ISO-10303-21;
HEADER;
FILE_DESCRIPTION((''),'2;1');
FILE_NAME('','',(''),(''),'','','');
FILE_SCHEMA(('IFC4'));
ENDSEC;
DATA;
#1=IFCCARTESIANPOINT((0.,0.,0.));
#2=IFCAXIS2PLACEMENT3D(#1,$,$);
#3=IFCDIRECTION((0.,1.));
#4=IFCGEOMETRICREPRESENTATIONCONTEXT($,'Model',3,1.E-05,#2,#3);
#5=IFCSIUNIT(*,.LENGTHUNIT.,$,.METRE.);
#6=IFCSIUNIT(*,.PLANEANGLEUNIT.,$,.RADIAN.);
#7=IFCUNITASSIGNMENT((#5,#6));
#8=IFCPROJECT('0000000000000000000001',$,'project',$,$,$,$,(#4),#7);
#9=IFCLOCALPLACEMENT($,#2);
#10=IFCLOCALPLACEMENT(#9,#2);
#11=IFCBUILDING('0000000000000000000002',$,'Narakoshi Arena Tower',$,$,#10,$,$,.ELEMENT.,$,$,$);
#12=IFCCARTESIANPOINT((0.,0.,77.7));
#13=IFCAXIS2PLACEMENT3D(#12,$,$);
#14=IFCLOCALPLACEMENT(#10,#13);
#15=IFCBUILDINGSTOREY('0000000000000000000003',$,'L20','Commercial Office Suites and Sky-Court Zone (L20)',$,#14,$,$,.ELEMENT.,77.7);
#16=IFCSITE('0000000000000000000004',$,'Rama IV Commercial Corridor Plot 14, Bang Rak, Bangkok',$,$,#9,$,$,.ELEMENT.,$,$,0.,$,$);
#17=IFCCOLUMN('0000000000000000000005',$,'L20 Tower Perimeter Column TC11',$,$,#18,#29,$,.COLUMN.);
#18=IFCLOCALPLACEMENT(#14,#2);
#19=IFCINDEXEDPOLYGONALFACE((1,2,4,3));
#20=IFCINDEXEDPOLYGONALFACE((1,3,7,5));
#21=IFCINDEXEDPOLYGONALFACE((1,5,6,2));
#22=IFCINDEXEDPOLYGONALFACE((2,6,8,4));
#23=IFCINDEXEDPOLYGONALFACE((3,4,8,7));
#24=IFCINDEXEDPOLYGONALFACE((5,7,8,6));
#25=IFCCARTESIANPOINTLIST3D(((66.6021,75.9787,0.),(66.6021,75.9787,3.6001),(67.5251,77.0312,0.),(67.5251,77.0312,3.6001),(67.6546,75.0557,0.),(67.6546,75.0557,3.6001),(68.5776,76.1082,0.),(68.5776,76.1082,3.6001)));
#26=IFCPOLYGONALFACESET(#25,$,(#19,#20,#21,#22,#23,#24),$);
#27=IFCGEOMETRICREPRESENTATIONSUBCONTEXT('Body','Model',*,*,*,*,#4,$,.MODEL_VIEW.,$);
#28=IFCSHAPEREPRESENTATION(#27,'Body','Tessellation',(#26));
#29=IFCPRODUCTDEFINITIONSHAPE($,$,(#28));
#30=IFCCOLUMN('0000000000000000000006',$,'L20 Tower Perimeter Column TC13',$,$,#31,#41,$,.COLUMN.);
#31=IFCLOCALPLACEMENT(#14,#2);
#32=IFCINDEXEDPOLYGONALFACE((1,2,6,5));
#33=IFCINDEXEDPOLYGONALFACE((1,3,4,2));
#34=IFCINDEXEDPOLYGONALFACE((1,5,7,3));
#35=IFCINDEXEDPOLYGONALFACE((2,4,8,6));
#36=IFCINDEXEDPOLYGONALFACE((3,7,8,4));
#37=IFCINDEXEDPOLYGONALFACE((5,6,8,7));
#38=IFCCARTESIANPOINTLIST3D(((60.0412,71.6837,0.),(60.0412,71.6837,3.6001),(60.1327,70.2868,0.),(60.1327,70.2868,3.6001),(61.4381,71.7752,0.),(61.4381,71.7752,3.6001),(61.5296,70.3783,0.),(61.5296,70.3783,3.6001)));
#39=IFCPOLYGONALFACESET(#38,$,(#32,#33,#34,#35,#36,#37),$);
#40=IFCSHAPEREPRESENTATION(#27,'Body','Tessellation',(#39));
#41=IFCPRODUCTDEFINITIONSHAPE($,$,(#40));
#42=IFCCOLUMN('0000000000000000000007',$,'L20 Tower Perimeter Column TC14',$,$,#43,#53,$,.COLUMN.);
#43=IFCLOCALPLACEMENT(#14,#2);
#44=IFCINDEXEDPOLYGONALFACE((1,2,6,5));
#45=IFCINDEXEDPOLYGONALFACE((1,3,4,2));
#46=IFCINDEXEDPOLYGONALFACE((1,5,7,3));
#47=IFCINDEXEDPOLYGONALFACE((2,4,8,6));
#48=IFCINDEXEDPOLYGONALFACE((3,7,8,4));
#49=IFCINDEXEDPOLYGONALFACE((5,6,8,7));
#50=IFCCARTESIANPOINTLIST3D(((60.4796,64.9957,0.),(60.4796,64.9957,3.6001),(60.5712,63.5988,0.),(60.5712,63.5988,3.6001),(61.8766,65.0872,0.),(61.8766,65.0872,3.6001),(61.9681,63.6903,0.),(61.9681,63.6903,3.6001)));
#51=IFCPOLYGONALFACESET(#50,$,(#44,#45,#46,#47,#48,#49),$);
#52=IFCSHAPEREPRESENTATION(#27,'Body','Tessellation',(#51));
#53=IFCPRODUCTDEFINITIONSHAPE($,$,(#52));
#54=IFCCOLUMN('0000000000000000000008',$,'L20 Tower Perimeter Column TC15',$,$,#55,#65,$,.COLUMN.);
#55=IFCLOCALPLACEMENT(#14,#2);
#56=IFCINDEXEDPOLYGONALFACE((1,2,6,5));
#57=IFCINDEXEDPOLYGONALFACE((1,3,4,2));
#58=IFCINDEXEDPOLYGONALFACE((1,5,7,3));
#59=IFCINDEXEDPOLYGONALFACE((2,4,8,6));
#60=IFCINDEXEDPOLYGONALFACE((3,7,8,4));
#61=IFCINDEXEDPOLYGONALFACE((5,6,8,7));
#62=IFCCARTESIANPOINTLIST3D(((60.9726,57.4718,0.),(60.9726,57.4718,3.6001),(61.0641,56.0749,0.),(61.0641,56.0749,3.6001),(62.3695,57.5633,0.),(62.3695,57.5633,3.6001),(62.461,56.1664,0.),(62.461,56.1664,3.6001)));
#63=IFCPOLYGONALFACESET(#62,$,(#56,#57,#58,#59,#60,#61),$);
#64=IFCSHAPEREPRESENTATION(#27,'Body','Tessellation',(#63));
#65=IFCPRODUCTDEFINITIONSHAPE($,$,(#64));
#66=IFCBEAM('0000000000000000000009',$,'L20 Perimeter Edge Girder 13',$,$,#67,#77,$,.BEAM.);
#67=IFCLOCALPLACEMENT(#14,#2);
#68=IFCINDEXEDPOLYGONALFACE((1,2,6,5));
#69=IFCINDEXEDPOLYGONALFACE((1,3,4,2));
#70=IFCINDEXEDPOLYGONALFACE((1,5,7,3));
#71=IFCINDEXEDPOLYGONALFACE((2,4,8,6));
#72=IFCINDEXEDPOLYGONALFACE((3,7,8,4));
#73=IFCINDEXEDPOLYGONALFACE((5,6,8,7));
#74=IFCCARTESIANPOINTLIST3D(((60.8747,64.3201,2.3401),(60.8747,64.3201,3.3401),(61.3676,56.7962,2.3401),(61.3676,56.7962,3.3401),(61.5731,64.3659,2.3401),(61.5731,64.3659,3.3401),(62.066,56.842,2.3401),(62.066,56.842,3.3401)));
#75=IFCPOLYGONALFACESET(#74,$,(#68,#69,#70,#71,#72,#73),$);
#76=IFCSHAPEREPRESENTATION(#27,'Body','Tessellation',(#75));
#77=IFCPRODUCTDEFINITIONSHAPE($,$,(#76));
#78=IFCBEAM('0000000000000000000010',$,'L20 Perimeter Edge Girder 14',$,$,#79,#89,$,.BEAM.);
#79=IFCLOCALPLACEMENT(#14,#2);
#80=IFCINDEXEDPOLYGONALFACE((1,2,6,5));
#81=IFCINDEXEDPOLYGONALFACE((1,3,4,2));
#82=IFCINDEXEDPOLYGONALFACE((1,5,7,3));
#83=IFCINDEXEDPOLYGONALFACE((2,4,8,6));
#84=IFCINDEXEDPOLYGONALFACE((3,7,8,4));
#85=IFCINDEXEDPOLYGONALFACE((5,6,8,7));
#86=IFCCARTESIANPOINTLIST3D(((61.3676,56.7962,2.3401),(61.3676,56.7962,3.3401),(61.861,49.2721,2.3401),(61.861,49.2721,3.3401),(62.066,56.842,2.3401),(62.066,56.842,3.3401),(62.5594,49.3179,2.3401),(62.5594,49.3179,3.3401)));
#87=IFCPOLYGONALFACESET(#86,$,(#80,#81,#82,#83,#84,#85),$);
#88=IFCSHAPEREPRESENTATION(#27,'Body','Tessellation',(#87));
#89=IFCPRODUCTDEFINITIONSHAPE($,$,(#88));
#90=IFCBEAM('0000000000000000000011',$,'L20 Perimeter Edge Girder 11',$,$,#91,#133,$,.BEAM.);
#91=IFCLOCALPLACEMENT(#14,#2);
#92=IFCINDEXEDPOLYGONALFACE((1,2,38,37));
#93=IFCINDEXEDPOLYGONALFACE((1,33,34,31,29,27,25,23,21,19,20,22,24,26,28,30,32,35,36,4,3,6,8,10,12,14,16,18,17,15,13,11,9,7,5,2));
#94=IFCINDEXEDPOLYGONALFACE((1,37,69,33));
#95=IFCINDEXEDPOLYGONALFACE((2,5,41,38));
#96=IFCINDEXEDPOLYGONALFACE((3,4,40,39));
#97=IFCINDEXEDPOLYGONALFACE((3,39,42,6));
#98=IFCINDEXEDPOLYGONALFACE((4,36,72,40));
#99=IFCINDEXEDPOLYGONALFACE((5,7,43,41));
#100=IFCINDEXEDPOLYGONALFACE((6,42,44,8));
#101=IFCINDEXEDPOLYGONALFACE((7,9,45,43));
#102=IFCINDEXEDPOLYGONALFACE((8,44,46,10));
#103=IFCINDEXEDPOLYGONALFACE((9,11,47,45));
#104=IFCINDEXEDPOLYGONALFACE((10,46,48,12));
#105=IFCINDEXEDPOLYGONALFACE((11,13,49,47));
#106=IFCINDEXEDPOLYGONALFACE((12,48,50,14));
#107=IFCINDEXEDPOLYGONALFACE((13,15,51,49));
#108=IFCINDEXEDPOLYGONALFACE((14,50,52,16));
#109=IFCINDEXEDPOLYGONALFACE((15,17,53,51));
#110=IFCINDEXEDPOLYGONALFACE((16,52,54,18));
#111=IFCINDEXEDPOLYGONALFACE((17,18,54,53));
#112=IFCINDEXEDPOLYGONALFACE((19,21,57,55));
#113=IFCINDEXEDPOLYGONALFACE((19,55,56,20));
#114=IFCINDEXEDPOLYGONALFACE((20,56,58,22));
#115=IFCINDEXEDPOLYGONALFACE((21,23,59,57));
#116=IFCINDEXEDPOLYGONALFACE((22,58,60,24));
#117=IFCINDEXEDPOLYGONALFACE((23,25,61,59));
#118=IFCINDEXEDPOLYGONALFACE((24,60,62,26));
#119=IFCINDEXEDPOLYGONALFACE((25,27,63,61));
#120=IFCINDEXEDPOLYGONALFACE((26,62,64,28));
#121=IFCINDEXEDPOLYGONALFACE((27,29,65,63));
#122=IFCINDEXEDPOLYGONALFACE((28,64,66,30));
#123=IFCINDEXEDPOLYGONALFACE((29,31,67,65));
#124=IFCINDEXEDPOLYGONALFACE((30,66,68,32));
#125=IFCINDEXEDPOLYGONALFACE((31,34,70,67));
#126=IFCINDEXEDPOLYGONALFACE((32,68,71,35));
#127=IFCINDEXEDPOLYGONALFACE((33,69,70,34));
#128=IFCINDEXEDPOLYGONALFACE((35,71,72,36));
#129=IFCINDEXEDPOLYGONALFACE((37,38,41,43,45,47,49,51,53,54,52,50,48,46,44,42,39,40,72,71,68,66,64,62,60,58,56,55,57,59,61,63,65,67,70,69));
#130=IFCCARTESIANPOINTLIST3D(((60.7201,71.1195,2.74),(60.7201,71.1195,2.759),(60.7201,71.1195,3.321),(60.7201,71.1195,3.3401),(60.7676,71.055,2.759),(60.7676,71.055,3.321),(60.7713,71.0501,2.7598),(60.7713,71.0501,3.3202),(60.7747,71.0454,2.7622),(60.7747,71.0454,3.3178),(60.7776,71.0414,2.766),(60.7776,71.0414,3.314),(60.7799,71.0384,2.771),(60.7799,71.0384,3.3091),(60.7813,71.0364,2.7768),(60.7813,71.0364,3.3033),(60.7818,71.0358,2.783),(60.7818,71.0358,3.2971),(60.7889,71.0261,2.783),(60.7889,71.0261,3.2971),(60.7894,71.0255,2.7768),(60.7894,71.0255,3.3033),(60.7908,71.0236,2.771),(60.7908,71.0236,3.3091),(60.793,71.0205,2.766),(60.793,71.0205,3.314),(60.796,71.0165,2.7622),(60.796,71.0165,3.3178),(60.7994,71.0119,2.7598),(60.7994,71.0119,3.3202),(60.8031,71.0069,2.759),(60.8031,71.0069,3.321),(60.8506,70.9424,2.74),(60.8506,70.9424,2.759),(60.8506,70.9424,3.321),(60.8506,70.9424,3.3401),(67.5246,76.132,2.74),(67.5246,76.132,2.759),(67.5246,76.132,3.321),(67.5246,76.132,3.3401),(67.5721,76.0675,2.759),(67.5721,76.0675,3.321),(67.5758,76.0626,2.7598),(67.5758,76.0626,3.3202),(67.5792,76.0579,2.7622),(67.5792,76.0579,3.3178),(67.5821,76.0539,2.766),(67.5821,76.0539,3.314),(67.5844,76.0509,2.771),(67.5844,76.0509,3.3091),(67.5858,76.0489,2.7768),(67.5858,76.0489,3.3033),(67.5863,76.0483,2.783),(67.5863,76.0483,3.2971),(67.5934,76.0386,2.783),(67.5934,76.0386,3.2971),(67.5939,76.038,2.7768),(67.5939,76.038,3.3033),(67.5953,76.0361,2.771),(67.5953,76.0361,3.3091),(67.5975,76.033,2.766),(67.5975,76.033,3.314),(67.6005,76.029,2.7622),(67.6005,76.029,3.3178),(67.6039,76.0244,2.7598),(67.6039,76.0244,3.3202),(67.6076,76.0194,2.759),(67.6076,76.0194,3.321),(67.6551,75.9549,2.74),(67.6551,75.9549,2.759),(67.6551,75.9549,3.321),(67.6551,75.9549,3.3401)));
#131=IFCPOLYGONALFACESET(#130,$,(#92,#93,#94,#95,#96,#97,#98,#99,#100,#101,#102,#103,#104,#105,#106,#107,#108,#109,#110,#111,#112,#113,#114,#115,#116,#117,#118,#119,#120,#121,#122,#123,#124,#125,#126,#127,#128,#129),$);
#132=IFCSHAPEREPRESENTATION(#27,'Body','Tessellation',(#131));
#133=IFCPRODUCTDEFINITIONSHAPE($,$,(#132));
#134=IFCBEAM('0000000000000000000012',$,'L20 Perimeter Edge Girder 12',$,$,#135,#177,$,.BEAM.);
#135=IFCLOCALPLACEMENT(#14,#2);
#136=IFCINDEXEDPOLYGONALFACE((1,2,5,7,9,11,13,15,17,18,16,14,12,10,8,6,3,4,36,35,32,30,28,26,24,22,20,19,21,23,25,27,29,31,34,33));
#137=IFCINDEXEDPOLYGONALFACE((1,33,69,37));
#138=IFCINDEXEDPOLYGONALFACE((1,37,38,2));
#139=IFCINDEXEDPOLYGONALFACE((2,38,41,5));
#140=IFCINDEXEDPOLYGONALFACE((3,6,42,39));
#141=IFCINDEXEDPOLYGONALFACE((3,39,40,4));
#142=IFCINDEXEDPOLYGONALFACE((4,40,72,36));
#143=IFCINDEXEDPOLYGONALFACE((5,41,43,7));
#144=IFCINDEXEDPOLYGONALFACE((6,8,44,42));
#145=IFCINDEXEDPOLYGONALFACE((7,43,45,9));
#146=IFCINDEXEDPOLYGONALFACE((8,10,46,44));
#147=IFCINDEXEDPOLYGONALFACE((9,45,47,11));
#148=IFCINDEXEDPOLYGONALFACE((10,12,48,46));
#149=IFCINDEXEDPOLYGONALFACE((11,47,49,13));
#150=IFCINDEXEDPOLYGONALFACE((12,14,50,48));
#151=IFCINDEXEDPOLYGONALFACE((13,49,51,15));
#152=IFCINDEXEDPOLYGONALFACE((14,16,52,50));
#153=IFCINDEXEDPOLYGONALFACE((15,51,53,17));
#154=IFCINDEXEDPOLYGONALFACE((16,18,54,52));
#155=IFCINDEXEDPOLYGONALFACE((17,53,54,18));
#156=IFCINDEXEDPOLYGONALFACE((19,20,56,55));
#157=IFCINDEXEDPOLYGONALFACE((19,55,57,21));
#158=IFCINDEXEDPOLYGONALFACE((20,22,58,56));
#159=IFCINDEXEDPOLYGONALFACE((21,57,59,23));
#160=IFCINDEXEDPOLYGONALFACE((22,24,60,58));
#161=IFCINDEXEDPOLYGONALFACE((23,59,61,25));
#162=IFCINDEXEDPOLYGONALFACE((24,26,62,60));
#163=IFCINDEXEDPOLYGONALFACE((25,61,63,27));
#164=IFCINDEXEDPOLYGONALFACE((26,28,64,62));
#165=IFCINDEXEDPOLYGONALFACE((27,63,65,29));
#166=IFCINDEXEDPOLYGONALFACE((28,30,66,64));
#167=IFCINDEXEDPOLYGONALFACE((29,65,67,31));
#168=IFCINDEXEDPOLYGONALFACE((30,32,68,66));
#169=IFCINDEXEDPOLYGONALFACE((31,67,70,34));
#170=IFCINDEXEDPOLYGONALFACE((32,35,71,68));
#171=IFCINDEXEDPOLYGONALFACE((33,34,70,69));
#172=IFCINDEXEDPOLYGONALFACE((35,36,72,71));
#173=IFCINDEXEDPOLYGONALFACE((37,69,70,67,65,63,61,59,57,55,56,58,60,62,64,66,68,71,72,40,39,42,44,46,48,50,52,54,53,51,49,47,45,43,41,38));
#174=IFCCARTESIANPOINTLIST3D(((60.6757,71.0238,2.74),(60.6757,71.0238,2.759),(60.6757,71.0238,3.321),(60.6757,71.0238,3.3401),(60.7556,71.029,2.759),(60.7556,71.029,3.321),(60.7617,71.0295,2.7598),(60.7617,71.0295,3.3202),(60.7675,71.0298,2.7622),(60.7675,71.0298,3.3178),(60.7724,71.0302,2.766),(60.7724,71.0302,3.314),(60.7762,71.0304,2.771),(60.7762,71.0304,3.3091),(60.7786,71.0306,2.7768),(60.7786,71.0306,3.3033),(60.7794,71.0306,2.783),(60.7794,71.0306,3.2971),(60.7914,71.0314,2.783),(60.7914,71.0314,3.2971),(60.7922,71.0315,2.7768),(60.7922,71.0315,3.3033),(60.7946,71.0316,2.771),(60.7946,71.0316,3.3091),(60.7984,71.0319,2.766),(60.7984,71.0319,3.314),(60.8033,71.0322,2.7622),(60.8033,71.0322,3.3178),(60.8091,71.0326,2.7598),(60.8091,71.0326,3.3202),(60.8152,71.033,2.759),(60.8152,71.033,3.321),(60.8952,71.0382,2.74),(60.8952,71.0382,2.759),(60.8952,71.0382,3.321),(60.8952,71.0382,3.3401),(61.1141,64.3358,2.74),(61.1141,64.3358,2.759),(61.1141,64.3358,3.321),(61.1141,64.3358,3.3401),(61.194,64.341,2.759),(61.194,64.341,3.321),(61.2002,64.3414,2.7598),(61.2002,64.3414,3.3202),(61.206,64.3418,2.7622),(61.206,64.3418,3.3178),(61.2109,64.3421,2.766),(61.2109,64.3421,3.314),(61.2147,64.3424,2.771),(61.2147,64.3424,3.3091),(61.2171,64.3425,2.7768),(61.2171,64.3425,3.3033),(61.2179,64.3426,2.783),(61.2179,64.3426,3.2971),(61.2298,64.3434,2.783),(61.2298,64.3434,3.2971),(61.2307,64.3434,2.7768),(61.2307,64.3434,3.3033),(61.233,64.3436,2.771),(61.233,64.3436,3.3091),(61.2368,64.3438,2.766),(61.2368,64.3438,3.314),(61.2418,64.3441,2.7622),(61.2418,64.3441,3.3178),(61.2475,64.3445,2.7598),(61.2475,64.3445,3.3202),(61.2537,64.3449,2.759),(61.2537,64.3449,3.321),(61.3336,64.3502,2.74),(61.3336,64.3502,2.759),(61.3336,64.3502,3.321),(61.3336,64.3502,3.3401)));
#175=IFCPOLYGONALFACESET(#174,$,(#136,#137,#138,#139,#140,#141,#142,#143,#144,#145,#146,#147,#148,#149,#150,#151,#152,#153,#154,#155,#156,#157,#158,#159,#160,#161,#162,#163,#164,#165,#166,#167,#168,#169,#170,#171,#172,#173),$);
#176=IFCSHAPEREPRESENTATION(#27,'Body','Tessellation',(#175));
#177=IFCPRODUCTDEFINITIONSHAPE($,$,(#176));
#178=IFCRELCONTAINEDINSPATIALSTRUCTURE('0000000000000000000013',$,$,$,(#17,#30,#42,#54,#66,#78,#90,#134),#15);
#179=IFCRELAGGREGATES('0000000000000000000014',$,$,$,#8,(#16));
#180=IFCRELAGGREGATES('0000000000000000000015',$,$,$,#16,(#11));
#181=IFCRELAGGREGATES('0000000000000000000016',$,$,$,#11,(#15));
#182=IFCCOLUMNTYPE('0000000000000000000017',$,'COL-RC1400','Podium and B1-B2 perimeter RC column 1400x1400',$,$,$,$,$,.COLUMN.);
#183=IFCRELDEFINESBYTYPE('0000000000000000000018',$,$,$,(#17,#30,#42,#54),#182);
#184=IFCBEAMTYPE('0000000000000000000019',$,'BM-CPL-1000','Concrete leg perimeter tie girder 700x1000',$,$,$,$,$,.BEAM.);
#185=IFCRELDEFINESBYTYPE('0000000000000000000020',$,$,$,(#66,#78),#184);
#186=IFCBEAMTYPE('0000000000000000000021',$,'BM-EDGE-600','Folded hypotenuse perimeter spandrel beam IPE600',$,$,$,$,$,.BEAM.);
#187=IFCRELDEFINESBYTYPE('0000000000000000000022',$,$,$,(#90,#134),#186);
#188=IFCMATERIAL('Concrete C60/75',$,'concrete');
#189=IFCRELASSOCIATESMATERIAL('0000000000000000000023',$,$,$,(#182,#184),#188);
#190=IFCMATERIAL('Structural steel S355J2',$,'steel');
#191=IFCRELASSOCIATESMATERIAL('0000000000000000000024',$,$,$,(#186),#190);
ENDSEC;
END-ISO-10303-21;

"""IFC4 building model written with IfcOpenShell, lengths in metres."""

from ifc_helpers import new_model, si_unit, direction, frame, origin, origin_2d, place, context, subcontext, project, spatial, rectangle, i_section, extrude, material, material_profile, profile_set, type_object, element, save


model = new_model("IFC4")

# Units and contexts
model_context = context("Model", 3, precision=1e-05, world=origin(), true_north=direction((0.0, 1.0)))
body_context = subcontext(model_context, "Body", "Model", "MODEL_VIEW")
ifc_project = project(units=[si_unit("LENGTHUNIT", "METRE"), si_unit("PLANEANGLEUNIT", "RADIAN")], contexts=[model_context])

# Site, building, storey
site_placement = place(None, origin())
site = spatial("IfcSite", under=ifc_project, at=site_placement, Name="Rama IV Commercial Corridor Plot 14, Bang Rak, Bangkok", CompositionType="ELEMENT", RefElevation=0.0)
building_placement = place(site_placement, origin())
building = spatial("IfcBuilding", under=site, at=building_placement, Name="Narakoshi Arena Tower", CompositionType="ELEMENT")
storey_placement = place(building_placement, frame((0.0, 0.0, 77.7)))
storey = spatial("IfcBuildingStorey", under=building, at=storey_placement, Name="L20", Description="Commercial Office Suites and Sky-Court Zone (L20)", CompositionType="ELEMENT", Elevation=77.7)

# Columns
ifc_material_1 = material(Name="Concrete C60/75", Category="concrete")
ifc_material_profile_1 = material_profile(ifc_material_1, rectangle(XDim=1.3999, YDim=1.3999, at=origin_2d()), Name="RC1400x1400")
ifc_profile_set_1 = profile_set([ifc_material_profile_1], Name="Concrete C60/75")
column_type = type_object("IfcColumnType", Name="COL-RC1400", Description="Podium and B1-B2 perimeter RC column 1400x1400", PredefinedType="COLUMN", material=ifc_profile_set_1)
for number, where, z_axis, x_axis, name in (
    (1, (67.5898, 76.0435, 0.0), (0.0, 0.0, 1.0), (0.659346, 0.75184, 0.0), "L20 Tower Perimeter Column TC11"),
    (2, (60.7854, 71.031, 0.0), (0.0, 0.0, 1.0), (-0.065403, 0.997859, 0.0), "L20 Tower Perimeter Column TC13"),
    (3, (61.2239, 64.343, 0.0), (0.0, 0.0, 1.0), (-0.065403, 0.997859, 0.0), "L20 Tower Perimeter Column TC14"),
    (4, (61.7168, 56.8191, 0.0), (0.0, 0.0, 1.0), (-0.065403, 0.997859, 0.0), "L20 Tower Perimeter Column TC15"),
):
    element("IfcColumn", number, at=place(storey_placement, frame(where, z_axis=z_axis, x_axis=x_axis)), inside=storey, type_object=column_type, Name=name, PredefinedType="COLUMN", context=body_context, shape_type="SweptSolid", body=[
        extrude(rectangle(XDim=1.3999, YDim=1.3999, at=origin_2d()), origin(), (0.0, 0.0, 1.0), 3.6001),
    ])

# Beams
ifc_material_profile_2 = material_profile(ifc_material_1, rectangle(XDim=0.7, YDim=1.0, at=origin_2d()), Name="RCB700x1000")
ifc_profile_set_2 = profile_set([ifc_material_profile_2], Name="Concrete C60/75")
beam_type_1 = type_object("IfcBeamType", Name="BM-CPL-1000", Description="Concrete leg perimeter tie girder 700x1000", PredefinedType="BEAM", material=ifc_profile_set_2)
beam_1_placement = place(storey_placement, frame((61.2239, 64.343, 2.8401), z_axis=(0.065374, -0.997861, 0.0), x_axis=(0.997861, 0.065374, 0.0)))
element("IfcBeam", 5, at=beam_1_placement, inside=storey, type_object=beam_type_1, Name="L20 Perimeter Edge Girder 13", PredefinedType="BEAM", context=body_context, shape_type="SweptSolid", body=[
    extrude(rectangle(XDim=0.7, YDim=1.0, at=origin_2d()), origin(), (0.0, 0.0, 1.0), 7.54),
])
beam_2_placement = place(storey_placement, frame((61.7168, 56.8191, 2.8401), z_axis=(0.065436, -0.997857, 0.0), x_axis=(0.997857, 0.065436, 0.0)))
element("IfcBeam", 6, at=beam_2_placement, inside=storey, type_object=beam_type_1, Name="L20 Perimeter Edge Girder 14", PredefinedType="BEAM", context=body_context, shape_type="SweptSolid", body=[
    extrude(rectangle(XDim=0.7, YDim=1.0, at=origin_2d()), origin(), (0.0, 0.0, 1.0), 7.5403),
])
ifc_material_2 = material(Name="Structural steel S355J2", Category="steel")
ifc_material_profile_3 = material_profile(ifc_material_2, i_section(OverallWidth=0.22, OverallDepth=0.6001, WebThickness=0.012, FlangeThickness=0.019, FilletRadius=0.0239, at=origin_2d()), Name="IPE600")
ifc_profile_set_3 = profile_set([ifc_material_profile_3], Name="Structural steel S355J2")
beam_type_2 = type_object("IfcBeamType", Name="BM-EDGE-600", Description="Folded hypotenuse perimeter spandrel beam IPE600", PredefinedType="BEAM", material=ifc_profile_set_3)
beam_3_placement = place(storey_placement, frame((67.5898, 76.0435, 3.04), z_axis=(-0.805132, -0.593096, 0.0), x_axis=(0.593096, -0.805132, 0.0)))
element("IfcBeam", 7, at=beam_3_placement, inside=storey, type_object=beam_type_2, Name="L20 Perimeter Edge Girder 11", PredefinedType="BEAM", context=body_context, shape_type="SweptSolid", body=[
    extrude(i_section(OverallWidth=0.22, OverallDepth=0.6001, WebThickness=0.012, FlangeThickness=0.019, FilletRadius=0.0239, at=origin_2d()), origin(), (0.0, 0.0, 1.0), 8.4514),
])
beam_4_placement = place(storey_placement, frame((60.7854, 71.031, 3.04), z_axis=(0.065421, -0.997858, 0.0), x_axis=(0.997858, 0.065421, 0.0)))
element("IfcBeam", 8, at=beam_4_placement, inside=storey, type_object=beam_type_2, Name="L20 Perimeter Edge Girder 12", PredefinedType="BEAM", context=body_context, shape_type="SweptSolid", body=[
    extrude(i_section(OverallWidth=0.22, OverallDepth=0.6001, WebThickness=0.012, FlangeThickness=0.019, FilletRadius=0.0239, at=origin_2d()), origin(), (0.0, 0.0, 1.0), 6.7024),
])

save(model, "model.ifc")
